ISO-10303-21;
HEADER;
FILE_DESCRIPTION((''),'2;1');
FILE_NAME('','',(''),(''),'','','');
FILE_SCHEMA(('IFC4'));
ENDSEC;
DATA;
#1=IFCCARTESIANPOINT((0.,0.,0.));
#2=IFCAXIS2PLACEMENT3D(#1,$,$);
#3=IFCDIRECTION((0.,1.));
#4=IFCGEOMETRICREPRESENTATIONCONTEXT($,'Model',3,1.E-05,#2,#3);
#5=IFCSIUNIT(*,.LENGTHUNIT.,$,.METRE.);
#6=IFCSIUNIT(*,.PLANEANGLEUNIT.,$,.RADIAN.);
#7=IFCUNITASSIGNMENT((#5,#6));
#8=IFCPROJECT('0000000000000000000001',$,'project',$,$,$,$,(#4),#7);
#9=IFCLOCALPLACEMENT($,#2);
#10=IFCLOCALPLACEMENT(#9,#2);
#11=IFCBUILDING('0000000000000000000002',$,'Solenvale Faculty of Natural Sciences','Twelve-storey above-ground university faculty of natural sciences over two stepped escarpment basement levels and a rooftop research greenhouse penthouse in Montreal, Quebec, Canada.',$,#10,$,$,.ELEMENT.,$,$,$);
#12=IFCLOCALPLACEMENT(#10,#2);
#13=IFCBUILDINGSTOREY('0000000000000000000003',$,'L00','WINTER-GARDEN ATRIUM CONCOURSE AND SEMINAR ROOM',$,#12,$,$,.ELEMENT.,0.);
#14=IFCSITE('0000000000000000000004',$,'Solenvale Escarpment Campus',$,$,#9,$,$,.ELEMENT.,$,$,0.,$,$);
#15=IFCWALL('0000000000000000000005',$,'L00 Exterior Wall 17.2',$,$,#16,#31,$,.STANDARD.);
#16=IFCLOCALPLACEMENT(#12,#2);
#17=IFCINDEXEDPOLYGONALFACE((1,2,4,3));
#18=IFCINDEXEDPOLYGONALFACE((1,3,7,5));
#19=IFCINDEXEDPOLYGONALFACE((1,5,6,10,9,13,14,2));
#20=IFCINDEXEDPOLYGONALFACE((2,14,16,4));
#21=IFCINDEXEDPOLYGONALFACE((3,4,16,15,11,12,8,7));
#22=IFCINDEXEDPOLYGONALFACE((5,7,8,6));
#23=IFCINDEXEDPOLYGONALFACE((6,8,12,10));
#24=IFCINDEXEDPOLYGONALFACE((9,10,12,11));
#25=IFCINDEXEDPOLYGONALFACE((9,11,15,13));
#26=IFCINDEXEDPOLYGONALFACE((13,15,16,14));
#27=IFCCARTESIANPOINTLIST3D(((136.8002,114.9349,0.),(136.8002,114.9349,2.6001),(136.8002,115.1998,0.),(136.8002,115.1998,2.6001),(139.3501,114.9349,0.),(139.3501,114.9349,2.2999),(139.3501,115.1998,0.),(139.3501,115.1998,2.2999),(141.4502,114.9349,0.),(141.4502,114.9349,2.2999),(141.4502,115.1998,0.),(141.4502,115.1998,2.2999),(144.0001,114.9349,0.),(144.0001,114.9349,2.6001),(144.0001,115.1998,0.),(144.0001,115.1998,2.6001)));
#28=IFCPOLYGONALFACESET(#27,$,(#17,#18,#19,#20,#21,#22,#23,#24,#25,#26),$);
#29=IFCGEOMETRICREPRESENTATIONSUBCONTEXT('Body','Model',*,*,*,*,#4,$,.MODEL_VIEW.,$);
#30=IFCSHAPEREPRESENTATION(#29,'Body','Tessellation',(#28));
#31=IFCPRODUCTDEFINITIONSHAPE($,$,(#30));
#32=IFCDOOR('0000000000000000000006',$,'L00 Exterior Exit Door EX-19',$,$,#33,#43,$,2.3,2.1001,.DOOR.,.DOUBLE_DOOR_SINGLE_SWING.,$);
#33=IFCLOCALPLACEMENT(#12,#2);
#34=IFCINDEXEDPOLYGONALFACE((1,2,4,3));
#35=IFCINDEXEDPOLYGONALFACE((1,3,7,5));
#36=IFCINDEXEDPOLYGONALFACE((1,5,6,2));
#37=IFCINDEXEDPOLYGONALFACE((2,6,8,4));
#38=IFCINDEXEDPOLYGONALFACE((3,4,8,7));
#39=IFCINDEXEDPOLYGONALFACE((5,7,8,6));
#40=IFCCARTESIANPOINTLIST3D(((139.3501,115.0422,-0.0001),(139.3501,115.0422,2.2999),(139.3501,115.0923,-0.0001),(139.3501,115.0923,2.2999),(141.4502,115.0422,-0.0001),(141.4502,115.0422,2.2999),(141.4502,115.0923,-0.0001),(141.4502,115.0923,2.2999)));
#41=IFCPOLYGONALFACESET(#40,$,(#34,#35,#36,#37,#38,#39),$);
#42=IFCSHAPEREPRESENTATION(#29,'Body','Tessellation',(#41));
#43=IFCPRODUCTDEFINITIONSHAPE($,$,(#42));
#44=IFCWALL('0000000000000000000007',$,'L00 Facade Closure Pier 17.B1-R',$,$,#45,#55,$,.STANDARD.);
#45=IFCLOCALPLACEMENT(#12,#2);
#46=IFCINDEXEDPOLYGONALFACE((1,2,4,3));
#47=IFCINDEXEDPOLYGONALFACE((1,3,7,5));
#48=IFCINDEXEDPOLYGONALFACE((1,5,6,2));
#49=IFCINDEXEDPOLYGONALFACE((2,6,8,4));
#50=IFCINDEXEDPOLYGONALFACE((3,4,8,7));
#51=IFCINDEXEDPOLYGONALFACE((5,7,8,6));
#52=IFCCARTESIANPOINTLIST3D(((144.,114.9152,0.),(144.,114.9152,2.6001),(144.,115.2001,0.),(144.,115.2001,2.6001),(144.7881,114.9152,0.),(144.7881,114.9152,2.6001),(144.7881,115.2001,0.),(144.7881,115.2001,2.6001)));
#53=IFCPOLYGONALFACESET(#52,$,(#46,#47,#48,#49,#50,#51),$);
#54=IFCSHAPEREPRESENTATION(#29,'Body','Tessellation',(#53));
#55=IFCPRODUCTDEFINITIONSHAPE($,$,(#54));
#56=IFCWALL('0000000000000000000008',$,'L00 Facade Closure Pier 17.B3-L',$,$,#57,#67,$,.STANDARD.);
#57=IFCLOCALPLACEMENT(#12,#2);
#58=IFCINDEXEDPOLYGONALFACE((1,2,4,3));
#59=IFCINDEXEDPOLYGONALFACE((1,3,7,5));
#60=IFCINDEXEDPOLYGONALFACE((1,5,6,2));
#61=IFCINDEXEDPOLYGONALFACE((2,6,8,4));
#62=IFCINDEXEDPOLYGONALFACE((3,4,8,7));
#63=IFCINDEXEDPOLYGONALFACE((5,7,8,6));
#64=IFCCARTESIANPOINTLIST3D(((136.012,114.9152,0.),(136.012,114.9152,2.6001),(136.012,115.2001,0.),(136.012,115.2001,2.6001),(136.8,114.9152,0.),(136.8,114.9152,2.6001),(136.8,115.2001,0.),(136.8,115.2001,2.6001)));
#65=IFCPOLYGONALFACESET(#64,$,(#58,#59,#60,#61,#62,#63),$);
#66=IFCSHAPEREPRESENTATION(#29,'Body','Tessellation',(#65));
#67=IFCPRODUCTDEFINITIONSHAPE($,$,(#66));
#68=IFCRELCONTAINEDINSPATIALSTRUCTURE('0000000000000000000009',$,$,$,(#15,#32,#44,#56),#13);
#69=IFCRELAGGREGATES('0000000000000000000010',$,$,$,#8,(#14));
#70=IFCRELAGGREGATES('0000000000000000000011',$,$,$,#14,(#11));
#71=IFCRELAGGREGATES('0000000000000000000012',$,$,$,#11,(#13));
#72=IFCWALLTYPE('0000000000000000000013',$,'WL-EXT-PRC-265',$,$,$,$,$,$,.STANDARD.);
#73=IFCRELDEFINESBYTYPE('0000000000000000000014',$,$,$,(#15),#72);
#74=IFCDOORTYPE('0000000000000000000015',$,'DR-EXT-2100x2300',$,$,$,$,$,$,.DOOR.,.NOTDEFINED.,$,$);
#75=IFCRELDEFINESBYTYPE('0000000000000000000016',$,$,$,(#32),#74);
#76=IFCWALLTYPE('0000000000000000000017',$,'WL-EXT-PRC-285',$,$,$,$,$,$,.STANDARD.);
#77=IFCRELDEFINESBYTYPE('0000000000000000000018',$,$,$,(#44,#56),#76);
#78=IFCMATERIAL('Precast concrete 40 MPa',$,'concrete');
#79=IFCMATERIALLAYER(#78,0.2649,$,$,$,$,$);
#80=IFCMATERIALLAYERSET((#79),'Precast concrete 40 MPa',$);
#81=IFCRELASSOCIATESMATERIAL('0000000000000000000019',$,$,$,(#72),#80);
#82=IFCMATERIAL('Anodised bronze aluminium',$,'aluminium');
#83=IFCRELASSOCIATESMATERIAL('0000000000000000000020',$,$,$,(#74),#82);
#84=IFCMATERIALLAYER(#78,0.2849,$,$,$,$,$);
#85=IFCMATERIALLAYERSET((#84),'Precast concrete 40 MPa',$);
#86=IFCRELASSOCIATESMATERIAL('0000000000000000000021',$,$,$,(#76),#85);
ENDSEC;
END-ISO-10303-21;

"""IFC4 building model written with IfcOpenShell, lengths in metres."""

from ifc_helpers import new_model, si_unit, direction, frame, frame_2d, origin, place, context, subcontext, project, spatial, rectangle, extrude, material, layer, layer_set, type_object, element, fill, save


model = new_model("IFC4")

# Units and contexts
model_context = context("Model", 3, precision=1e-05, world=origin(), true_north=direction((0.0, 1.0)))
body_context = subcontext(model_context, "Body", "Model", "MODEL_VIEW")
ifc_project = project(units=[si_unit("LENGTHUNIT", "METRE"), si_unit("PLANEANGLEUNIT", "RADIAN")], contexts=[model_context])

# Site, building, storey
site_placement = place(None, origin())
site = spatial("IfcSite", under=ifc_project, at=site_placement, Name="Solenvale Escarpment Campus", CompositionType="ELEMENT", RefElevation=0.0)
building_placement = place(site_placement, origin())
building = spatial("IfcBuilding", under=site, at=building_placement, Name="Solenvale Faculty of Natural Sciences", Description="Twelve-storey above-ground university faculty of natural sciences over two stepped escarpment basement levels and a rooftop research greenhouse penthouse in Montreal, Quebec, Canada.", CompositionType="ELEMENT")
storey_placement = place(building_placement, origin())
storey = spatial("IfcBuildingStorey", under=building, at=storey_placement, Name="L00", Description="WINTER-GARDEN ATRIUM CONCOURSE AND SEMINAR ROOM", CompositionType="ELEMENT", Elevation=0.0)

# Shared definitions
ifc_material_1 = material(Name="Precast concrete 40 MPa", Category="concrete")

# Shared definitions
ifc_material_2 = material(Name="Anodised bronze aluminium", Category="aluminium")

# Wall, opening, door
ifc_layer_1 = layer(ifc_material_1, 0.2649)
ifc_layer_set_1 = layer_set([ifc_layer_1], Name="Precast concrete 40 MPa")
wall_type_1 = type_object("IfcWallType", Name="WL-EXT-PRC-265", PredefinedType="STANDARD", material=ifc_layer_set_1)
wall_placement = place(storey_placement, frame((136.8, 115.0674, 0.0), z_axis=(0.0, 0.0, 1.0), x_axis=(1.0, 0.0, 0.0)))
wall = element("IfcWall", 1, at=wall_placement, inside=storey, type_object=wall_type_1, Name="L00 Exterior Wall 17.2", PredefinedType="STANDARD", context=body_context, shape_type="SweptSolid", body=[
    extrude(rectangle(XDim=7.2, YDim=0.2649, at=frame_2d((3.6001, 0.0))), origin(), (0.0, 0.0, 1.0), 2.6001),
])
opening_placement = place(wall_placement, frame((2.55, 0.0, 0.0)))
opening = element("IfcOpeningElement", 2, at=opening_placement, cuts=wall, PredefinedType="OPENING", context=body_context, shape_type="SweptSolid", body=[
    extrude(rectangle(XDim=2.1001, YDim=2.3, at=frame_2d((1.05, 1.1499))), frame((0.0, 0.1423, 0.0), z_axis=(0.0, -1.0, 0.0), x_axis=(1.0, 0.0, 0.0)), (0.0, 0.0, 1.0), 0.2849),
])
door_type = type_object("IfcDoorType", Name="DR-EXT-2100x2300", OperationType="NOTDEFINED", PredefinedType="DOOR", material=ifc_material_2)
door_placement = place(opening_placement, origin())
door = element("IfcDoor", 3, at=door_placement, inside=storey, type_object=door_type, Name="L00 Exterior Exit Door EX-19", OperationType="DOUBLE_DOOR_SINGLE_SWING", OverallHeight=2.3, OverallWidth=2.1001, PredefinedType="DOOR", context=body_context, shape_type="SweptSolid", body=[
    extrude(rectangle(XDim=2.1001, YDim=2.3, at=frame_2d((1.05, 1.1499))), frame((0.0, 0.0249, 0.0), z_axis=(0.0, -1.0, 0.0), x_axis=(1.0, 0.0, 0.0)), (0.0, 0.0, 1.0), 0.05),
])
fill(opening, door)

# Walls
ifc_layer_2 = layer(ifc_material_1, 0.2849)
ifc_layer_set_2 = layer_set([ifc_layer_2], Name="Precast concrete 40 MPa")
wall_type_2 = type_object("IfcWallType", Name="WL-EXT-PRC-285", PredefinedType="STANDARD", material=ifc_layer_set_2)
for number, where, z_axis, x_axis, name in (
    (4, (144.7881, 115.0576, 0.0), (0.0, 0.0, 1.0), (-1.0, 0.0, 0.0), "L00 Facade Closure Pier 17.B1-R"),
    (5, (136.8, 115.0576, 0.0), (0.0, 0.0, 1.0), (-1.0, 0.0, 0.0), "L00 Facade Closure Pier 17.B3-L"),
):
    element("IfcWall", number, at=place(storey_placement, frame(where, z_axis=z_axis, x_axis=x_axis)), inside=storey, type_object=wall_type_2, Name=name, PredefinedType="STANDARD", context=body_context, shape_type="SweptSolid", body=[
        extrude(rectangle(XDim=0.7881, YDim=0.2849, at=frame_2d((0.394, 0.0))), origin(), (0.0, 0.0, 1.0), 2.6001),
    ])

save(model, "model.ifc")
